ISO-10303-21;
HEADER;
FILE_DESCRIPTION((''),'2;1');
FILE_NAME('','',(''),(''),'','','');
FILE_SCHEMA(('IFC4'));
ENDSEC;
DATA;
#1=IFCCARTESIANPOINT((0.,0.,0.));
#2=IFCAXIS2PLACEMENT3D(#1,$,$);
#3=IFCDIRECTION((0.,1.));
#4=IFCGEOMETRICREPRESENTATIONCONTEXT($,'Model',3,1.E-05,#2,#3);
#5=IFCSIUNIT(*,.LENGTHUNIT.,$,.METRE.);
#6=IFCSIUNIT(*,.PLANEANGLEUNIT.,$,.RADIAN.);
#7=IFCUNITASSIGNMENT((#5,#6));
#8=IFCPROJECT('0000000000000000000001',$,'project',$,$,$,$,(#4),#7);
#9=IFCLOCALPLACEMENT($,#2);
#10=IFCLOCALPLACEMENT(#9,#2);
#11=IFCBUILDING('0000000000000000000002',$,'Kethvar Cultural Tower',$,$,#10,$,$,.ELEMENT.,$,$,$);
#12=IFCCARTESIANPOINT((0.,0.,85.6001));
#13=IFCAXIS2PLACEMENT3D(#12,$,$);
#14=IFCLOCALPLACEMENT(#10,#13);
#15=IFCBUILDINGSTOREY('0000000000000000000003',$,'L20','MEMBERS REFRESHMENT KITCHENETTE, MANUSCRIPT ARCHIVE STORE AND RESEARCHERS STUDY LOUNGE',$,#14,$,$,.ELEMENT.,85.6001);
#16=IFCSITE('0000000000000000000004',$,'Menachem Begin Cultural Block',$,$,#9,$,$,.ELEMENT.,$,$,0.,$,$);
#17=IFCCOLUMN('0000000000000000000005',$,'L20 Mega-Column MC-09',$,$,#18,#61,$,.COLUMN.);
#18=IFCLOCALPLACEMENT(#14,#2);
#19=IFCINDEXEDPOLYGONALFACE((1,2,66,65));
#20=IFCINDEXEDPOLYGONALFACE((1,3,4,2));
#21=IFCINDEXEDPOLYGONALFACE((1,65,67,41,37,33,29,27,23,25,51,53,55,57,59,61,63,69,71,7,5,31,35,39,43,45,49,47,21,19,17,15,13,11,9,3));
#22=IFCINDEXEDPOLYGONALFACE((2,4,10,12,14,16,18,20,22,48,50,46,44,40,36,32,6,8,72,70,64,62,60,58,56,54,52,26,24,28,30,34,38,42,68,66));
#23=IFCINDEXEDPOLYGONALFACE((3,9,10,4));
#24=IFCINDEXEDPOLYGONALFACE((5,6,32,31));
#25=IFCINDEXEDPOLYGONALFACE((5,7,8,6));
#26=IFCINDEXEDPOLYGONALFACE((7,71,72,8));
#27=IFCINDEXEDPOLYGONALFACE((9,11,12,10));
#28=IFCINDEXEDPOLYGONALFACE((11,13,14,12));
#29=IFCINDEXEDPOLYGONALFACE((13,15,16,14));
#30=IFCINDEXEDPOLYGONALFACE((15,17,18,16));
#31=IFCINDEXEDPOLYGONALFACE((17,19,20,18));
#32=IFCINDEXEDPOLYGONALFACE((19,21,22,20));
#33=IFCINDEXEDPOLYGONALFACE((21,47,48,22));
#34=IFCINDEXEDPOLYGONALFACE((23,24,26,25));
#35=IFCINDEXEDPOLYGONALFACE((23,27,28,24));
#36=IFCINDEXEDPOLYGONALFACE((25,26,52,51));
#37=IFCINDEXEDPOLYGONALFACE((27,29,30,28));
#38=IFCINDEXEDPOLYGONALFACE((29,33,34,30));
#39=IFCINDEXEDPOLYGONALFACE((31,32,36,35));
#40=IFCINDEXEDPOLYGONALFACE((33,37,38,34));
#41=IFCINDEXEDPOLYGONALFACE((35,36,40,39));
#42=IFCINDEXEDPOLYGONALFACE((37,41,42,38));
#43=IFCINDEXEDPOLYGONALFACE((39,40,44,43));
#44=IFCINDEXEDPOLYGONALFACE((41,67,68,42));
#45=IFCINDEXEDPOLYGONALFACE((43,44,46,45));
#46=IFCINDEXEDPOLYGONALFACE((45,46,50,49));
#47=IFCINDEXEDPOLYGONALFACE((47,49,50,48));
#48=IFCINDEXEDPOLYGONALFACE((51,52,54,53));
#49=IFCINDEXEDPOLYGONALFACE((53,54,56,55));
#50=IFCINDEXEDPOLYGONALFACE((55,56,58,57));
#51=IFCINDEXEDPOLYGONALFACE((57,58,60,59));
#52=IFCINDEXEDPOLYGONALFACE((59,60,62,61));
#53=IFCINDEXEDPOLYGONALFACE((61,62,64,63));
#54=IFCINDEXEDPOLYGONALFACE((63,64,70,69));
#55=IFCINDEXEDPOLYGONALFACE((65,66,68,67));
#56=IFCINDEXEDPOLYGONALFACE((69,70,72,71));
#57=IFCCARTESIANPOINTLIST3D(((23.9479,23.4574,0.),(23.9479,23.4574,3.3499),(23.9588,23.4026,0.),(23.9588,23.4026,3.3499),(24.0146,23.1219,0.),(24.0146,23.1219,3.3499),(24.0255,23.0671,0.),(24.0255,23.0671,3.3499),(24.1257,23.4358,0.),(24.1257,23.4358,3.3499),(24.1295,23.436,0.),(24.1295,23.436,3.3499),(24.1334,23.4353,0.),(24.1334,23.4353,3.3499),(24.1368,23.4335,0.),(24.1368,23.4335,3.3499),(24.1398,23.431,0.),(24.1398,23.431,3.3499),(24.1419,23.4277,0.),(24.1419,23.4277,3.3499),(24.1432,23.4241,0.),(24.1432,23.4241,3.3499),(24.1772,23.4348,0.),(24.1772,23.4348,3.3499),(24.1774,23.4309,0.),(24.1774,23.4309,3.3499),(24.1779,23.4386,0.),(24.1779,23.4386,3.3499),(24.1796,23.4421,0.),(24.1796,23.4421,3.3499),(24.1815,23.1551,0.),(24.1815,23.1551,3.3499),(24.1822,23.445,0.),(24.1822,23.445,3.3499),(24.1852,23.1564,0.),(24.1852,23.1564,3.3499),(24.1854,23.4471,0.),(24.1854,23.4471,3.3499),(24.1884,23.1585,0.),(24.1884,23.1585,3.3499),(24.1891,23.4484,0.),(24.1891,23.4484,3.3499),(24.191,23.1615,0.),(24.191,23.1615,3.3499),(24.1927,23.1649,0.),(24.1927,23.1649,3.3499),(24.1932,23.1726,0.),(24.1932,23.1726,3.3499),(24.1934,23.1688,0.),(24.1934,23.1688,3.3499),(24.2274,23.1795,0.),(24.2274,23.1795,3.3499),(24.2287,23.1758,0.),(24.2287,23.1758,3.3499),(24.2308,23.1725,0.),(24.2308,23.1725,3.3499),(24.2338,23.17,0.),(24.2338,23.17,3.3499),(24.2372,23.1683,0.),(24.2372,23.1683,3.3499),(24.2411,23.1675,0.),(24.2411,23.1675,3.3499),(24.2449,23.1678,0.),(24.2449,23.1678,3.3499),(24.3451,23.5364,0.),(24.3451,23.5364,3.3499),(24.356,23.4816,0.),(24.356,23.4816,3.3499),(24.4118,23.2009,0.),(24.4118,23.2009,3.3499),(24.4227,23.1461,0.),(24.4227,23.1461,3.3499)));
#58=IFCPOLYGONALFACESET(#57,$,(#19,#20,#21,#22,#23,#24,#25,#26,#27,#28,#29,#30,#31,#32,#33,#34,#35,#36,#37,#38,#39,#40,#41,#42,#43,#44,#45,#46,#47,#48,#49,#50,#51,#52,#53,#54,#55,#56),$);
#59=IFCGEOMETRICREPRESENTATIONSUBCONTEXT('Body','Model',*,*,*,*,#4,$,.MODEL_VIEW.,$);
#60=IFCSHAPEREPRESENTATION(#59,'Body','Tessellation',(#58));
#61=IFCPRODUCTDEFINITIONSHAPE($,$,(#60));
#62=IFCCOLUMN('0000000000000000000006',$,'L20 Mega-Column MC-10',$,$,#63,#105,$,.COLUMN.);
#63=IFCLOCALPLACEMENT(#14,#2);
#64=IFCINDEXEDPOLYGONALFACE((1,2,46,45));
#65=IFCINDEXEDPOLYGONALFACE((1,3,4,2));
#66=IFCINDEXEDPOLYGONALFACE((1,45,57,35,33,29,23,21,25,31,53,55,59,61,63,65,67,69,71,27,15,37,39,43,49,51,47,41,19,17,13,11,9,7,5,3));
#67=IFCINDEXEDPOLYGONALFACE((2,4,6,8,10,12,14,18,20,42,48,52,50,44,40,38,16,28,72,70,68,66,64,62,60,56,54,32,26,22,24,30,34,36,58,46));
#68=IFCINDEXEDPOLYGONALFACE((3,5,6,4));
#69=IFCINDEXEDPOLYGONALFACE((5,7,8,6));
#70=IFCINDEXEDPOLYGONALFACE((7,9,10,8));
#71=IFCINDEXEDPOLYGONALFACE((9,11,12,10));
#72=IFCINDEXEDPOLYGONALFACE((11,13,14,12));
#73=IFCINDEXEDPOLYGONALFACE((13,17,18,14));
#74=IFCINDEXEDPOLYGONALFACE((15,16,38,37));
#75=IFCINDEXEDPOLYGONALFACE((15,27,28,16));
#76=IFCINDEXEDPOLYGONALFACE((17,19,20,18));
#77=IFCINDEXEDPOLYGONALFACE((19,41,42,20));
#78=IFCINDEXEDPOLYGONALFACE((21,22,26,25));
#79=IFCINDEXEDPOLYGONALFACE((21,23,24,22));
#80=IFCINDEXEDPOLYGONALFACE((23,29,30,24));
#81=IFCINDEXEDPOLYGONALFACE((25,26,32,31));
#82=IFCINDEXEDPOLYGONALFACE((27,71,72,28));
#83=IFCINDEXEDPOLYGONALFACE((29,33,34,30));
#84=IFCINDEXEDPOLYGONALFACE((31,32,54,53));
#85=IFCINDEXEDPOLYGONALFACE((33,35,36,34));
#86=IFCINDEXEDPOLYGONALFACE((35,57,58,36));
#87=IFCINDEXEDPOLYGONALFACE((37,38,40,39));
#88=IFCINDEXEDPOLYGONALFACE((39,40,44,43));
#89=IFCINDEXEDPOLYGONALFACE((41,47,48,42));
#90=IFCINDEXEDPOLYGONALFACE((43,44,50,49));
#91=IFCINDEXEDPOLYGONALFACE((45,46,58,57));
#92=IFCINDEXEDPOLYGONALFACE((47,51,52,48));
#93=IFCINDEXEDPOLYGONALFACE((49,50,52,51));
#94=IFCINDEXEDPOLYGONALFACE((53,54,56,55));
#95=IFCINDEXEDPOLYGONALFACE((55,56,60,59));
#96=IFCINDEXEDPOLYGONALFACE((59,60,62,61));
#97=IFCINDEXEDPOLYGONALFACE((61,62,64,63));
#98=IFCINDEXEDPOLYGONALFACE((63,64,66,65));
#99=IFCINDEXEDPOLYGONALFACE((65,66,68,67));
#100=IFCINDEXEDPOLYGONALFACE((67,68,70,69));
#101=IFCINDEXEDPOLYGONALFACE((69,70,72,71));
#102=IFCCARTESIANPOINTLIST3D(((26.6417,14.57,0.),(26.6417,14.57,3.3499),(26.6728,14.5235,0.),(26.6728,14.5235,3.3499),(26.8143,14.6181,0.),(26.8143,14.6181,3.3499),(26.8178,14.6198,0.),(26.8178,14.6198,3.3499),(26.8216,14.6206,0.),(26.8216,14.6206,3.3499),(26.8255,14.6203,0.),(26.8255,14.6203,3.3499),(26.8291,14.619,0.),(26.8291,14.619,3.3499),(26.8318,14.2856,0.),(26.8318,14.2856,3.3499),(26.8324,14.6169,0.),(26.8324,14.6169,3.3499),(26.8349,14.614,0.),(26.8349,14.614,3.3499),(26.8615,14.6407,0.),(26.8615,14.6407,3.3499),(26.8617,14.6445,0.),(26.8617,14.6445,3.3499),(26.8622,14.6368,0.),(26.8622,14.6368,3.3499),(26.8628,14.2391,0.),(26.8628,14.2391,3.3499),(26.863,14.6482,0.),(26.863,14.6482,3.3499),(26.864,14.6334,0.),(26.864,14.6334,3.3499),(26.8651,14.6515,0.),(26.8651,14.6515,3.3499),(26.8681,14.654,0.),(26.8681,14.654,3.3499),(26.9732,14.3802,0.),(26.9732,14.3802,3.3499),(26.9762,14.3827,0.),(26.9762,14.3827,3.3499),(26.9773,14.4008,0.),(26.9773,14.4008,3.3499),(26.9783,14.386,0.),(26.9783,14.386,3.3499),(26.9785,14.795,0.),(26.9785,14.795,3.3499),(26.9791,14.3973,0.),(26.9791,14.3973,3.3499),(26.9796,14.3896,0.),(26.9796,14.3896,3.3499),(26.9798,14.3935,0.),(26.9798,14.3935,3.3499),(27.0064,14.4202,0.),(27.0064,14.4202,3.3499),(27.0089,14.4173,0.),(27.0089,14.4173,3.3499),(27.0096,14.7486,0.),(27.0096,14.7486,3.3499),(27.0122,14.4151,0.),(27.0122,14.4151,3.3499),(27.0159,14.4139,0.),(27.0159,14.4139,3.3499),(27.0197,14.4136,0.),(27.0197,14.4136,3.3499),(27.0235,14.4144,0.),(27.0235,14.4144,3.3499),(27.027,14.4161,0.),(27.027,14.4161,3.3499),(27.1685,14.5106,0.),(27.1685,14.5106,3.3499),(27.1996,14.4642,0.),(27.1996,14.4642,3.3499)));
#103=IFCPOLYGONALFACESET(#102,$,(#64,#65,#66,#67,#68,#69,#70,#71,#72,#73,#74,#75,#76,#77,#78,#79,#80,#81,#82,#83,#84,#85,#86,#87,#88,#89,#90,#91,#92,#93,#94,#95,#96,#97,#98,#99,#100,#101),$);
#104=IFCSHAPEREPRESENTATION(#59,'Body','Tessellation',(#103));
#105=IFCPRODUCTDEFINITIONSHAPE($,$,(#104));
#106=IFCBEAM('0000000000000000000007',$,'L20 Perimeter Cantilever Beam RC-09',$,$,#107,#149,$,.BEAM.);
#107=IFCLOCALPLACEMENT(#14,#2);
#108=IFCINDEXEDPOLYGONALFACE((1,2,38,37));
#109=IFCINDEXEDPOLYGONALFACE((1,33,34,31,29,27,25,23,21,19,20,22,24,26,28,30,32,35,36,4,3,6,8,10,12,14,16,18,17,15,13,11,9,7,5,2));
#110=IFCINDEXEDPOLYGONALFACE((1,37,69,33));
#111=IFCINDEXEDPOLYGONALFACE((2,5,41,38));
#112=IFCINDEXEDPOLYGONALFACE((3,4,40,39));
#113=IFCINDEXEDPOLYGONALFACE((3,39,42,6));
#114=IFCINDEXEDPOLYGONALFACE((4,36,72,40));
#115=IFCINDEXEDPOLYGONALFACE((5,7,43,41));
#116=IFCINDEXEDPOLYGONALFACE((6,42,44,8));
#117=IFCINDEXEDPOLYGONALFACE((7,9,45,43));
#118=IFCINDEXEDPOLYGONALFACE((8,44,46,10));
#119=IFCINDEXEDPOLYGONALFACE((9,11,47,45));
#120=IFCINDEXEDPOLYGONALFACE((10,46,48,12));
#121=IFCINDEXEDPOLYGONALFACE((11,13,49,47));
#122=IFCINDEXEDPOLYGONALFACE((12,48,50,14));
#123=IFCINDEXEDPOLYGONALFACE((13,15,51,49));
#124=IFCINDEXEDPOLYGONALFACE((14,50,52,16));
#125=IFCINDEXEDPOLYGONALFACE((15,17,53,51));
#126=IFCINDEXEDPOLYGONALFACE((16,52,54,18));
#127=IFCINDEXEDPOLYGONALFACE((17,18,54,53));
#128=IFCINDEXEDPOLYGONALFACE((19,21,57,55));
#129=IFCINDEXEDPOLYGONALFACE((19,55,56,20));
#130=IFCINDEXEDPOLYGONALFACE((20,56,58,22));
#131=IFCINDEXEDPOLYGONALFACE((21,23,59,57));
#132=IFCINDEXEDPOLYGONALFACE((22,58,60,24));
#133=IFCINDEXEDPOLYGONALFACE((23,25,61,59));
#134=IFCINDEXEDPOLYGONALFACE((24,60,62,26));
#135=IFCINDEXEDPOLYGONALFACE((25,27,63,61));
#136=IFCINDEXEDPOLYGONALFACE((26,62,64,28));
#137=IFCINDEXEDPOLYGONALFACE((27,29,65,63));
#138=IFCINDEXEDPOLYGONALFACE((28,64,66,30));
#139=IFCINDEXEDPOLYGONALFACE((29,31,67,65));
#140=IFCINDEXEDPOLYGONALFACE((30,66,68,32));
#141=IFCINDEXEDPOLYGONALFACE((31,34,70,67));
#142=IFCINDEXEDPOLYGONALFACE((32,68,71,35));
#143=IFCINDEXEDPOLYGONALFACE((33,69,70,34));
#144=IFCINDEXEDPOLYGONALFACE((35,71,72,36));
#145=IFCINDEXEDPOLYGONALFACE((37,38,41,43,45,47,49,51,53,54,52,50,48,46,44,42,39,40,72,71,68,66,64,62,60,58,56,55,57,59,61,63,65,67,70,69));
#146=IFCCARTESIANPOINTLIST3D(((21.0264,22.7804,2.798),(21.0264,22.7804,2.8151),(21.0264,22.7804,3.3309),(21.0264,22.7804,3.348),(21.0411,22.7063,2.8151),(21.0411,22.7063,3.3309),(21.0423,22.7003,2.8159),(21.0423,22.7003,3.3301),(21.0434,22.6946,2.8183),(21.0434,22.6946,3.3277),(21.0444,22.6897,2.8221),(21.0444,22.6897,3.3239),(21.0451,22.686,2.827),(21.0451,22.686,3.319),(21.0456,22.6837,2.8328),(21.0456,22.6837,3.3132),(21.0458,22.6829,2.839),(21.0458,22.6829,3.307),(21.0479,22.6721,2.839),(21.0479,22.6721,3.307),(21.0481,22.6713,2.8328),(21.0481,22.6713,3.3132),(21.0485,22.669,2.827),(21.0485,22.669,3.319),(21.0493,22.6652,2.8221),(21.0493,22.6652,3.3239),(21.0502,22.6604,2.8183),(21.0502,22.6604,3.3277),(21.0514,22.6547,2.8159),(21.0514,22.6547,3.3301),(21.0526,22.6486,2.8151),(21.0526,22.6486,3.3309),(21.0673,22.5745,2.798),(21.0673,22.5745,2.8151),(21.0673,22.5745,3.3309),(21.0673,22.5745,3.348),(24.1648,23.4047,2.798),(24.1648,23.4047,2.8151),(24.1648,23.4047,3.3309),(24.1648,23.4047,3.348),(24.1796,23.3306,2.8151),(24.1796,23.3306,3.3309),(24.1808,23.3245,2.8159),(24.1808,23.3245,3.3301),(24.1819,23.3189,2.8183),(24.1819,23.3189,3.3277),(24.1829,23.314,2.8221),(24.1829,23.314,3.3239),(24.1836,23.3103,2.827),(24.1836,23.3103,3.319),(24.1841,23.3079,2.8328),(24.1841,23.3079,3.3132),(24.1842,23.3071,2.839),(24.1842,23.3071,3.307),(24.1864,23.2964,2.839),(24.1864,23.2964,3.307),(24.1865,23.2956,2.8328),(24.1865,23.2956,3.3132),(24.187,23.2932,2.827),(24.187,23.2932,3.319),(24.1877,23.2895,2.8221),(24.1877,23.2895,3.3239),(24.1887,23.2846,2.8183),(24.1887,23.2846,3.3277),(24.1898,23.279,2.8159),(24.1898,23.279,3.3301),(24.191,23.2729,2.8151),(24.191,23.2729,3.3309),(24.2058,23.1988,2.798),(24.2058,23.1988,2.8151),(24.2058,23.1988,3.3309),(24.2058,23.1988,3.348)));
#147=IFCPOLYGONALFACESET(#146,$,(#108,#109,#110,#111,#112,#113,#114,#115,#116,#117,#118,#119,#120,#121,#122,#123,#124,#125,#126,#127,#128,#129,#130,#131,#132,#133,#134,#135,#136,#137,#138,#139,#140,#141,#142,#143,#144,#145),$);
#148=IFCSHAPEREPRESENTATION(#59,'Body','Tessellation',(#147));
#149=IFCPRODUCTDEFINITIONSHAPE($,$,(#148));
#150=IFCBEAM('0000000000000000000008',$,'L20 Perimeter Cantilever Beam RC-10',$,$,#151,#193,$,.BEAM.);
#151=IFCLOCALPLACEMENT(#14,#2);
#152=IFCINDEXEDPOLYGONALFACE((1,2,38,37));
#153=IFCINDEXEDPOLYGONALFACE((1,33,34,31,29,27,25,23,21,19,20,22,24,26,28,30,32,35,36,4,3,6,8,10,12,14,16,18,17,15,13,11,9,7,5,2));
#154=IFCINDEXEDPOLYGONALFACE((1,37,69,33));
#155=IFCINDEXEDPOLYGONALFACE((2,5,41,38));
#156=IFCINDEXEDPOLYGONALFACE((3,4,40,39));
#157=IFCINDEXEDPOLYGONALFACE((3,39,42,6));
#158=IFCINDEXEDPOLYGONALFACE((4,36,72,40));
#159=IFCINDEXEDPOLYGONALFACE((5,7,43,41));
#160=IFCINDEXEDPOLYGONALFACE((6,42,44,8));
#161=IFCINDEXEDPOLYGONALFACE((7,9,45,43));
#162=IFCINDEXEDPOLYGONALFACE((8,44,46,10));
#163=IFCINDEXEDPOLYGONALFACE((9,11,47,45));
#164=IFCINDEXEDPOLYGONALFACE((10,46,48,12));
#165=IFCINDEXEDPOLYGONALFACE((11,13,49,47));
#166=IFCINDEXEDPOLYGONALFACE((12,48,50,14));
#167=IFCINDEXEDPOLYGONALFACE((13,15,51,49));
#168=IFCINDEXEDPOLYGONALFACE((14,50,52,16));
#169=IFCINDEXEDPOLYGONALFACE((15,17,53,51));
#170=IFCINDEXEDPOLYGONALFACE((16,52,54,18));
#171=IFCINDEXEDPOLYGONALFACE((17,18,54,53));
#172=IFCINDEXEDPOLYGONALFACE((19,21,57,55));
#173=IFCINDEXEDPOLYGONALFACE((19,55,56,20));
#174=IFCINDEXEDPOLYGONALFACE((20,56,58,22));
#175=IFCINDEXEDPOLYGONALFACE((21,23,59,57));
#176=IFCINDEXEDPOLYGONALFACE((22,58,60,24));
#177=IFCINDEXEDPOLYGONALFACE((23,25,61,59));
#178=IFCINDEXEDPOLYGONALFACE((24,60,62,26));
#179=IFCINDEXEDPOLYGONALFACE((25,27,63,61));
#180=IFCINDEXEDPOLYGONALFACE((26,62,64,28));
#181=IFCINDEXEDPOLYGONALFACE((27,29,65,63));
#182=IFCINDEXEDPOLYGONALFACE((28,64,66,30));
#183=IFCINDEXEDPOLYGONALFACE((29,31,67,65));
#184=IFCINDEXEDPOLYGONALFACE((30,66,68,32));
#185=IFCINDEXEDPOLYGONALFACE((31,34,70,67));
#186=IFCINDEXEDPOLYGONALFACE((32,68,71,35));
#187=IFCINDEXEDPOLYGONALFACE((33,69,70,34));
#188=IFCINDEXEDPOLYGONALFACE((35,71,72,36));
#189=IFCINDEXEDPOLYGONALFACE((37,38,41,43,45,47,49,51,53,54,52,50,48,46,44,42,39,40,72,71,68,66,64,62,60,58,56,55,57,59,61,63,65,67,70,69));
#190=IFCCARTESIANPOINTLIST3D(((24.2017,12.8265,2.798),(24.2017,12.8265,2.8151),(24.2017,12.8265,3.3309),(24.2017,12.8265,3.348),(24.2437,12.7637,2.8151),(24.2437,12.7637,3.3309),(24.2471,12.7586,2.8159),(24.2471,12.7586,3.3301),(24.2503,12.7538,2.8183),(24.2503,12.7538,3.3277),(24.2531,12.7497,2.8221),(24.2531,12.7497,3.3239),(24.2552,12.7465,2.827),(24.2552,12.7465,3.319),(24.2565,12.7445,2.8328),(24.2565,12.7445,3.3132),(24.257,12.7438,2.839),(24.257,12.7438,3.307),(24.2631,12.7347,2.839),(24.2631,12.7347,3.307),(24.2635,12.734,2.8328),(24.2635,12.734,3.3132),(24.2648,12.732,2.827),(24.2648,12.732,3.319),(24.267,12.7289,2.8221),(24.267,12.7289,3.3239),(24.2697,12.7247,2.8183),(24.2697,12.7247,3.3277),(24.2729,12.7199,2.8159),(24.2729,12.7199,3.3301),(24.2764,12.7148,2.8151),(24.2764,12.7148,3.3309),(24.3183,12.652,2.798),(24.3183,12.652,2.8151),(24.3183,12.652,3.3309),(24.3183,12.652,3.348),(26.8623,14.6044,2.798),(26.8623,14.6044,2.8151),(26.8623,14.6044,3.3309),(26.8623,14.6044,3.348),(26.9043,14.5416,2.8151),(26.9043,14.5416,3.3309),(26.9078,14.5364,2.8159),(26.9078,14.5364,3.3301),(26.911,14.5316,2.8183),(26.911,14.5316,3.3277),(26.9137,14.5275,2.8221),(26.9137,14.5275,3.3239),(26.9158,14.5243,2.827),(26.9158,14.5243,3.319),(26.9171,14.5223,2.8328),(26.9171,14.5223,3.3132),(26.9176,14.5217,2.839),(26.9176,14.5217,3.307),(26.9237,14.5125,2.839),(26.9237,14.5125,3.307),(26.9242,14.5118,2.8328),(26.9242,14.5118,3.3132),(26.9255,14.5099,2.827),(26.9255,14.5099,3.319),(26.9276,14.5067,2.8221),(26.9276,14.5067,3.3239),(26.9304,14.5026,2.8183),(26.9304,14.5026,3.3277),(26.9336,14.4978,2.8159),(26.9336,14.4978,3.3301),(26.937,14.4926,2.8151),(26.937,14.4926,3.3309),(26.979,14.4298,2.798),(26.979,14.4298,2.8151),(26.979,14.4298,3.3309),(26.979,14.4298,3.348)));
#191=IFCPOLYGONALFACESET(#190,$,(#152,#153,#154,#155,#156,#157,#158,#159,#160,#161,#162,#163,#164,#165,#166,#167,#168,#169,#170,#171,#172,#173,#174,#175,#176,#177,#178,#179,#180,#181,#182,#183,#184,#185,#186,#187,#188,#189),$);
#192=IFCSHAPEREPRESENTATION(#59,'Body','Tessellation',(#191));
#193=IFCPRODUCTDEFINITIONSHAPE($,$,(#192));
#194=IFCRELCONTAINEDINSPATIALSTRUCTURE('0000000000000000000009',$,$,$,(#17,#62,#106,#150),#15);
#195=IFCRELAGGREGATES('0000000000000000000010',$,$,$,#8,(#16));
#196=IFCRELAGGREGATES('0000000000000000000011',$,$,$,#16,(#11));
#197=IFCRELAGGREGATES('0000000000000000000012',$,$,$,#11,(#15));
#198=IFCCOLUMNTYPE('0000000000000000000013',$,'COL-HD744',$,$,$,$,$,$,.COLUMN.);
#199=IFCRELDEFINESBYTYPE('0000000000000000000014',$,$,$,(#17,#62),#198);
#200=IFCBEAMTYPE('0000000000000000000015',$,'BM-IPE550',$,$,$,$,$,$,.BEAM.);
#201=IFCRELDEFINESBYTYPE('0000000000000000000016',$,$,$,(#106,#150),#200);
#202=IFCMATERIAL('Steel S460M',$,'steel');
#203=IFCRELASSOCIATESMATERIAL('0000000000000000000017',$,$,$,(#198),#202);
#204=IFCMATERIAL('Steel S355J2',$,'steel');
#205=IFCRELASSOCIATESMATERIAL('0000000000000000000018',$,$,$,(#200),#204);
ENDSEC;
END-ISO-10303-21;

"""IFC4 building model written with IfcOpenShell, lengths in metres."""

from ifc_helpers import new_model, si_unit, direction, frame, origin, origin_2d, place, context, subcontext, project, spatial, i_section, extrude, source, transform, mapped, material, material_profile, profile_set, type_object, element, save


model = new_model("IFC4")

# Units and contexts
model_context = context("Model", 3, precision=1e-05, world=origin(), true_north=direction((0.0, 1.0)))
body_context = subcontext(model_context, "Body", "Model", "MODEL_VIEW")
ifc_project = project(units=[si_unit("LENGTHUNIT", "METRE"), si_unit("PLANEANGLEUNIT", "RADIAN")], contexts=[model_context])

# Site, building, storey
site_placement = place(None, origin())
site = spatial("IfcSite", under=ifc_project, at=site_placement, Name="Menachem Begin Cultural Block", CompositionType="ELEMENT", RefElevation=0.0)
building_placement = place(site_placement, origin())
building = spatial("IfcBuilding", under=site, at=building_placement, Name="Kethvar Cultural Tower", CompositionType="ELEMENT")
storey_placement = place(building_placement, frame((0.0, 0.0, 85.6001)))
storey = spatial("IfcBuildingStorey", under=building, at=storey_placement, Name="L20", Description="MEMBERS REFRESHMENT KITCHENETTE, MANUSCRIPT ARCHIVE STORE AND RESEARCHERS STUDY LOUNGE", CompositionType="ELEMENT", Elevation=85.6001)

# Columns
ifc_material_1 = material(Name="Steel S460M", Category="steel")
ifc_material_profile_1 = material_profile(ifc_material_1, i_section(OverallWidth=0.405, OverallDepth=0.3979, WebThickness=0.0349, FlangeThickness=0.0559, FilletRadius=0.0149, at=origin_2d()), Name="Steel S460M — HD400x744")
ifc_profile_set_1 = profile_set([ifc_material_profile_1], Name="Steel S460M — HD400x744")
column_type = type_object("IfcColumnType", Name="COL-HD744", PredefinedType="COLUMN", material=ifc_profile_set_1)
shared_shape_1 = source(origin(), body_context, "Body", "SweptSolid", [
    extrude(i_section(OverallWidth=0.405, OverallDepth=0.3979, WebThickness=0.0349, FlangeThickness=0.0559, FilletRadius=0.0149, at=origin_2d()), origin(), (0.0, 0.0, 1.0), 3.3499),
])
for number, where, z_axis, x_axis, name in (
    (1, (24.1853, 23.3018, 0.0), (0.0, 0.0, 1.0), (-0.980785, -0.19509, 0.0), "L20 Mega-Column MC-09"),
    (2, (26.9207, 14.5171, 0.0), (0.0, 0.0, 1.0), (-0.83147, -0.55557, 0.0), "L20 Mega-Column MC-10"),
):
    element("IfcColumn", number, at=place(storey_placement, frame(where, z_axis=z_axis, x_axis=x_axis)), inside=storey, type_object=column_type, Name=name, PredefinedType="COLUMN", context=body_context, shape_type="MappedRepresentation", body=[
        mapped(shared_shape_1, transform((0.0, 0.0, 0.0), scale=1.0)),
    ])

# Beams
ifc_material_2 = material(Name="Steel S355J2", Category="steel")
ifc_material_profile_2 = material_profile(ifc_material_2, i_section(OverallWidth=0.21, OverallDepth=0.55, WebThickness=0.011, FlangeThickness=0.0171, FilletRadius=0.0239, at=origin_2d()), Name="Steel S355J2 — IPE550")
ifc_profile_set_2 = profile_set([ifc_material_profile_2], Name="Steel S355J2 — IPE550")
beam_type_1 = type_object("IfcBeamType", Name="BM-IPE550", PredefinedType="BEAM", material=ifc_profile_set_2)
shared_shape_2 = source(origin(), body_context, "Body", "SweptSolid", [
    extrude(i_section(OverallWidth=0.21, OverallDepth=0.55, WebThickness=0.011, FlangeThickness=0.0171, FilletRadius=0.0239, at=origin_2d()), origin(), (0.0, 0.0, 1.0), 3.2),
])
for number, where, z_axis, x_axis, name in (
    (3, (24.1853, 23.3018, 3.073), (-0.980786, -0.195089, 0.0), (0.195089, -0.980786, 0.0), "L20 Perimeter Cantilever Beam RC-09"),
    (4, (26.9207, 14.5171, 3.073), (-0.831463, -0.55558, 0.0), (0.55558, -0.831463, 0.0), "L20 Perimeter Cantilever Beam RC-10"),
):
    element("IfcBeam", number, at=place(storey_placement, frame(where, z_axis=z_axis, x_axis=x_axis)), inside=storey, type_object=beam_type_1, Name=name, PredefinedType="BEAM", context=body_context, shape_type="MappedRepresentation", body=[
        mapped(shared_shape_2, transform((0.0, 0.0, 0.0), scale=1.0)),
    ])

save(model, "model.ifc")
